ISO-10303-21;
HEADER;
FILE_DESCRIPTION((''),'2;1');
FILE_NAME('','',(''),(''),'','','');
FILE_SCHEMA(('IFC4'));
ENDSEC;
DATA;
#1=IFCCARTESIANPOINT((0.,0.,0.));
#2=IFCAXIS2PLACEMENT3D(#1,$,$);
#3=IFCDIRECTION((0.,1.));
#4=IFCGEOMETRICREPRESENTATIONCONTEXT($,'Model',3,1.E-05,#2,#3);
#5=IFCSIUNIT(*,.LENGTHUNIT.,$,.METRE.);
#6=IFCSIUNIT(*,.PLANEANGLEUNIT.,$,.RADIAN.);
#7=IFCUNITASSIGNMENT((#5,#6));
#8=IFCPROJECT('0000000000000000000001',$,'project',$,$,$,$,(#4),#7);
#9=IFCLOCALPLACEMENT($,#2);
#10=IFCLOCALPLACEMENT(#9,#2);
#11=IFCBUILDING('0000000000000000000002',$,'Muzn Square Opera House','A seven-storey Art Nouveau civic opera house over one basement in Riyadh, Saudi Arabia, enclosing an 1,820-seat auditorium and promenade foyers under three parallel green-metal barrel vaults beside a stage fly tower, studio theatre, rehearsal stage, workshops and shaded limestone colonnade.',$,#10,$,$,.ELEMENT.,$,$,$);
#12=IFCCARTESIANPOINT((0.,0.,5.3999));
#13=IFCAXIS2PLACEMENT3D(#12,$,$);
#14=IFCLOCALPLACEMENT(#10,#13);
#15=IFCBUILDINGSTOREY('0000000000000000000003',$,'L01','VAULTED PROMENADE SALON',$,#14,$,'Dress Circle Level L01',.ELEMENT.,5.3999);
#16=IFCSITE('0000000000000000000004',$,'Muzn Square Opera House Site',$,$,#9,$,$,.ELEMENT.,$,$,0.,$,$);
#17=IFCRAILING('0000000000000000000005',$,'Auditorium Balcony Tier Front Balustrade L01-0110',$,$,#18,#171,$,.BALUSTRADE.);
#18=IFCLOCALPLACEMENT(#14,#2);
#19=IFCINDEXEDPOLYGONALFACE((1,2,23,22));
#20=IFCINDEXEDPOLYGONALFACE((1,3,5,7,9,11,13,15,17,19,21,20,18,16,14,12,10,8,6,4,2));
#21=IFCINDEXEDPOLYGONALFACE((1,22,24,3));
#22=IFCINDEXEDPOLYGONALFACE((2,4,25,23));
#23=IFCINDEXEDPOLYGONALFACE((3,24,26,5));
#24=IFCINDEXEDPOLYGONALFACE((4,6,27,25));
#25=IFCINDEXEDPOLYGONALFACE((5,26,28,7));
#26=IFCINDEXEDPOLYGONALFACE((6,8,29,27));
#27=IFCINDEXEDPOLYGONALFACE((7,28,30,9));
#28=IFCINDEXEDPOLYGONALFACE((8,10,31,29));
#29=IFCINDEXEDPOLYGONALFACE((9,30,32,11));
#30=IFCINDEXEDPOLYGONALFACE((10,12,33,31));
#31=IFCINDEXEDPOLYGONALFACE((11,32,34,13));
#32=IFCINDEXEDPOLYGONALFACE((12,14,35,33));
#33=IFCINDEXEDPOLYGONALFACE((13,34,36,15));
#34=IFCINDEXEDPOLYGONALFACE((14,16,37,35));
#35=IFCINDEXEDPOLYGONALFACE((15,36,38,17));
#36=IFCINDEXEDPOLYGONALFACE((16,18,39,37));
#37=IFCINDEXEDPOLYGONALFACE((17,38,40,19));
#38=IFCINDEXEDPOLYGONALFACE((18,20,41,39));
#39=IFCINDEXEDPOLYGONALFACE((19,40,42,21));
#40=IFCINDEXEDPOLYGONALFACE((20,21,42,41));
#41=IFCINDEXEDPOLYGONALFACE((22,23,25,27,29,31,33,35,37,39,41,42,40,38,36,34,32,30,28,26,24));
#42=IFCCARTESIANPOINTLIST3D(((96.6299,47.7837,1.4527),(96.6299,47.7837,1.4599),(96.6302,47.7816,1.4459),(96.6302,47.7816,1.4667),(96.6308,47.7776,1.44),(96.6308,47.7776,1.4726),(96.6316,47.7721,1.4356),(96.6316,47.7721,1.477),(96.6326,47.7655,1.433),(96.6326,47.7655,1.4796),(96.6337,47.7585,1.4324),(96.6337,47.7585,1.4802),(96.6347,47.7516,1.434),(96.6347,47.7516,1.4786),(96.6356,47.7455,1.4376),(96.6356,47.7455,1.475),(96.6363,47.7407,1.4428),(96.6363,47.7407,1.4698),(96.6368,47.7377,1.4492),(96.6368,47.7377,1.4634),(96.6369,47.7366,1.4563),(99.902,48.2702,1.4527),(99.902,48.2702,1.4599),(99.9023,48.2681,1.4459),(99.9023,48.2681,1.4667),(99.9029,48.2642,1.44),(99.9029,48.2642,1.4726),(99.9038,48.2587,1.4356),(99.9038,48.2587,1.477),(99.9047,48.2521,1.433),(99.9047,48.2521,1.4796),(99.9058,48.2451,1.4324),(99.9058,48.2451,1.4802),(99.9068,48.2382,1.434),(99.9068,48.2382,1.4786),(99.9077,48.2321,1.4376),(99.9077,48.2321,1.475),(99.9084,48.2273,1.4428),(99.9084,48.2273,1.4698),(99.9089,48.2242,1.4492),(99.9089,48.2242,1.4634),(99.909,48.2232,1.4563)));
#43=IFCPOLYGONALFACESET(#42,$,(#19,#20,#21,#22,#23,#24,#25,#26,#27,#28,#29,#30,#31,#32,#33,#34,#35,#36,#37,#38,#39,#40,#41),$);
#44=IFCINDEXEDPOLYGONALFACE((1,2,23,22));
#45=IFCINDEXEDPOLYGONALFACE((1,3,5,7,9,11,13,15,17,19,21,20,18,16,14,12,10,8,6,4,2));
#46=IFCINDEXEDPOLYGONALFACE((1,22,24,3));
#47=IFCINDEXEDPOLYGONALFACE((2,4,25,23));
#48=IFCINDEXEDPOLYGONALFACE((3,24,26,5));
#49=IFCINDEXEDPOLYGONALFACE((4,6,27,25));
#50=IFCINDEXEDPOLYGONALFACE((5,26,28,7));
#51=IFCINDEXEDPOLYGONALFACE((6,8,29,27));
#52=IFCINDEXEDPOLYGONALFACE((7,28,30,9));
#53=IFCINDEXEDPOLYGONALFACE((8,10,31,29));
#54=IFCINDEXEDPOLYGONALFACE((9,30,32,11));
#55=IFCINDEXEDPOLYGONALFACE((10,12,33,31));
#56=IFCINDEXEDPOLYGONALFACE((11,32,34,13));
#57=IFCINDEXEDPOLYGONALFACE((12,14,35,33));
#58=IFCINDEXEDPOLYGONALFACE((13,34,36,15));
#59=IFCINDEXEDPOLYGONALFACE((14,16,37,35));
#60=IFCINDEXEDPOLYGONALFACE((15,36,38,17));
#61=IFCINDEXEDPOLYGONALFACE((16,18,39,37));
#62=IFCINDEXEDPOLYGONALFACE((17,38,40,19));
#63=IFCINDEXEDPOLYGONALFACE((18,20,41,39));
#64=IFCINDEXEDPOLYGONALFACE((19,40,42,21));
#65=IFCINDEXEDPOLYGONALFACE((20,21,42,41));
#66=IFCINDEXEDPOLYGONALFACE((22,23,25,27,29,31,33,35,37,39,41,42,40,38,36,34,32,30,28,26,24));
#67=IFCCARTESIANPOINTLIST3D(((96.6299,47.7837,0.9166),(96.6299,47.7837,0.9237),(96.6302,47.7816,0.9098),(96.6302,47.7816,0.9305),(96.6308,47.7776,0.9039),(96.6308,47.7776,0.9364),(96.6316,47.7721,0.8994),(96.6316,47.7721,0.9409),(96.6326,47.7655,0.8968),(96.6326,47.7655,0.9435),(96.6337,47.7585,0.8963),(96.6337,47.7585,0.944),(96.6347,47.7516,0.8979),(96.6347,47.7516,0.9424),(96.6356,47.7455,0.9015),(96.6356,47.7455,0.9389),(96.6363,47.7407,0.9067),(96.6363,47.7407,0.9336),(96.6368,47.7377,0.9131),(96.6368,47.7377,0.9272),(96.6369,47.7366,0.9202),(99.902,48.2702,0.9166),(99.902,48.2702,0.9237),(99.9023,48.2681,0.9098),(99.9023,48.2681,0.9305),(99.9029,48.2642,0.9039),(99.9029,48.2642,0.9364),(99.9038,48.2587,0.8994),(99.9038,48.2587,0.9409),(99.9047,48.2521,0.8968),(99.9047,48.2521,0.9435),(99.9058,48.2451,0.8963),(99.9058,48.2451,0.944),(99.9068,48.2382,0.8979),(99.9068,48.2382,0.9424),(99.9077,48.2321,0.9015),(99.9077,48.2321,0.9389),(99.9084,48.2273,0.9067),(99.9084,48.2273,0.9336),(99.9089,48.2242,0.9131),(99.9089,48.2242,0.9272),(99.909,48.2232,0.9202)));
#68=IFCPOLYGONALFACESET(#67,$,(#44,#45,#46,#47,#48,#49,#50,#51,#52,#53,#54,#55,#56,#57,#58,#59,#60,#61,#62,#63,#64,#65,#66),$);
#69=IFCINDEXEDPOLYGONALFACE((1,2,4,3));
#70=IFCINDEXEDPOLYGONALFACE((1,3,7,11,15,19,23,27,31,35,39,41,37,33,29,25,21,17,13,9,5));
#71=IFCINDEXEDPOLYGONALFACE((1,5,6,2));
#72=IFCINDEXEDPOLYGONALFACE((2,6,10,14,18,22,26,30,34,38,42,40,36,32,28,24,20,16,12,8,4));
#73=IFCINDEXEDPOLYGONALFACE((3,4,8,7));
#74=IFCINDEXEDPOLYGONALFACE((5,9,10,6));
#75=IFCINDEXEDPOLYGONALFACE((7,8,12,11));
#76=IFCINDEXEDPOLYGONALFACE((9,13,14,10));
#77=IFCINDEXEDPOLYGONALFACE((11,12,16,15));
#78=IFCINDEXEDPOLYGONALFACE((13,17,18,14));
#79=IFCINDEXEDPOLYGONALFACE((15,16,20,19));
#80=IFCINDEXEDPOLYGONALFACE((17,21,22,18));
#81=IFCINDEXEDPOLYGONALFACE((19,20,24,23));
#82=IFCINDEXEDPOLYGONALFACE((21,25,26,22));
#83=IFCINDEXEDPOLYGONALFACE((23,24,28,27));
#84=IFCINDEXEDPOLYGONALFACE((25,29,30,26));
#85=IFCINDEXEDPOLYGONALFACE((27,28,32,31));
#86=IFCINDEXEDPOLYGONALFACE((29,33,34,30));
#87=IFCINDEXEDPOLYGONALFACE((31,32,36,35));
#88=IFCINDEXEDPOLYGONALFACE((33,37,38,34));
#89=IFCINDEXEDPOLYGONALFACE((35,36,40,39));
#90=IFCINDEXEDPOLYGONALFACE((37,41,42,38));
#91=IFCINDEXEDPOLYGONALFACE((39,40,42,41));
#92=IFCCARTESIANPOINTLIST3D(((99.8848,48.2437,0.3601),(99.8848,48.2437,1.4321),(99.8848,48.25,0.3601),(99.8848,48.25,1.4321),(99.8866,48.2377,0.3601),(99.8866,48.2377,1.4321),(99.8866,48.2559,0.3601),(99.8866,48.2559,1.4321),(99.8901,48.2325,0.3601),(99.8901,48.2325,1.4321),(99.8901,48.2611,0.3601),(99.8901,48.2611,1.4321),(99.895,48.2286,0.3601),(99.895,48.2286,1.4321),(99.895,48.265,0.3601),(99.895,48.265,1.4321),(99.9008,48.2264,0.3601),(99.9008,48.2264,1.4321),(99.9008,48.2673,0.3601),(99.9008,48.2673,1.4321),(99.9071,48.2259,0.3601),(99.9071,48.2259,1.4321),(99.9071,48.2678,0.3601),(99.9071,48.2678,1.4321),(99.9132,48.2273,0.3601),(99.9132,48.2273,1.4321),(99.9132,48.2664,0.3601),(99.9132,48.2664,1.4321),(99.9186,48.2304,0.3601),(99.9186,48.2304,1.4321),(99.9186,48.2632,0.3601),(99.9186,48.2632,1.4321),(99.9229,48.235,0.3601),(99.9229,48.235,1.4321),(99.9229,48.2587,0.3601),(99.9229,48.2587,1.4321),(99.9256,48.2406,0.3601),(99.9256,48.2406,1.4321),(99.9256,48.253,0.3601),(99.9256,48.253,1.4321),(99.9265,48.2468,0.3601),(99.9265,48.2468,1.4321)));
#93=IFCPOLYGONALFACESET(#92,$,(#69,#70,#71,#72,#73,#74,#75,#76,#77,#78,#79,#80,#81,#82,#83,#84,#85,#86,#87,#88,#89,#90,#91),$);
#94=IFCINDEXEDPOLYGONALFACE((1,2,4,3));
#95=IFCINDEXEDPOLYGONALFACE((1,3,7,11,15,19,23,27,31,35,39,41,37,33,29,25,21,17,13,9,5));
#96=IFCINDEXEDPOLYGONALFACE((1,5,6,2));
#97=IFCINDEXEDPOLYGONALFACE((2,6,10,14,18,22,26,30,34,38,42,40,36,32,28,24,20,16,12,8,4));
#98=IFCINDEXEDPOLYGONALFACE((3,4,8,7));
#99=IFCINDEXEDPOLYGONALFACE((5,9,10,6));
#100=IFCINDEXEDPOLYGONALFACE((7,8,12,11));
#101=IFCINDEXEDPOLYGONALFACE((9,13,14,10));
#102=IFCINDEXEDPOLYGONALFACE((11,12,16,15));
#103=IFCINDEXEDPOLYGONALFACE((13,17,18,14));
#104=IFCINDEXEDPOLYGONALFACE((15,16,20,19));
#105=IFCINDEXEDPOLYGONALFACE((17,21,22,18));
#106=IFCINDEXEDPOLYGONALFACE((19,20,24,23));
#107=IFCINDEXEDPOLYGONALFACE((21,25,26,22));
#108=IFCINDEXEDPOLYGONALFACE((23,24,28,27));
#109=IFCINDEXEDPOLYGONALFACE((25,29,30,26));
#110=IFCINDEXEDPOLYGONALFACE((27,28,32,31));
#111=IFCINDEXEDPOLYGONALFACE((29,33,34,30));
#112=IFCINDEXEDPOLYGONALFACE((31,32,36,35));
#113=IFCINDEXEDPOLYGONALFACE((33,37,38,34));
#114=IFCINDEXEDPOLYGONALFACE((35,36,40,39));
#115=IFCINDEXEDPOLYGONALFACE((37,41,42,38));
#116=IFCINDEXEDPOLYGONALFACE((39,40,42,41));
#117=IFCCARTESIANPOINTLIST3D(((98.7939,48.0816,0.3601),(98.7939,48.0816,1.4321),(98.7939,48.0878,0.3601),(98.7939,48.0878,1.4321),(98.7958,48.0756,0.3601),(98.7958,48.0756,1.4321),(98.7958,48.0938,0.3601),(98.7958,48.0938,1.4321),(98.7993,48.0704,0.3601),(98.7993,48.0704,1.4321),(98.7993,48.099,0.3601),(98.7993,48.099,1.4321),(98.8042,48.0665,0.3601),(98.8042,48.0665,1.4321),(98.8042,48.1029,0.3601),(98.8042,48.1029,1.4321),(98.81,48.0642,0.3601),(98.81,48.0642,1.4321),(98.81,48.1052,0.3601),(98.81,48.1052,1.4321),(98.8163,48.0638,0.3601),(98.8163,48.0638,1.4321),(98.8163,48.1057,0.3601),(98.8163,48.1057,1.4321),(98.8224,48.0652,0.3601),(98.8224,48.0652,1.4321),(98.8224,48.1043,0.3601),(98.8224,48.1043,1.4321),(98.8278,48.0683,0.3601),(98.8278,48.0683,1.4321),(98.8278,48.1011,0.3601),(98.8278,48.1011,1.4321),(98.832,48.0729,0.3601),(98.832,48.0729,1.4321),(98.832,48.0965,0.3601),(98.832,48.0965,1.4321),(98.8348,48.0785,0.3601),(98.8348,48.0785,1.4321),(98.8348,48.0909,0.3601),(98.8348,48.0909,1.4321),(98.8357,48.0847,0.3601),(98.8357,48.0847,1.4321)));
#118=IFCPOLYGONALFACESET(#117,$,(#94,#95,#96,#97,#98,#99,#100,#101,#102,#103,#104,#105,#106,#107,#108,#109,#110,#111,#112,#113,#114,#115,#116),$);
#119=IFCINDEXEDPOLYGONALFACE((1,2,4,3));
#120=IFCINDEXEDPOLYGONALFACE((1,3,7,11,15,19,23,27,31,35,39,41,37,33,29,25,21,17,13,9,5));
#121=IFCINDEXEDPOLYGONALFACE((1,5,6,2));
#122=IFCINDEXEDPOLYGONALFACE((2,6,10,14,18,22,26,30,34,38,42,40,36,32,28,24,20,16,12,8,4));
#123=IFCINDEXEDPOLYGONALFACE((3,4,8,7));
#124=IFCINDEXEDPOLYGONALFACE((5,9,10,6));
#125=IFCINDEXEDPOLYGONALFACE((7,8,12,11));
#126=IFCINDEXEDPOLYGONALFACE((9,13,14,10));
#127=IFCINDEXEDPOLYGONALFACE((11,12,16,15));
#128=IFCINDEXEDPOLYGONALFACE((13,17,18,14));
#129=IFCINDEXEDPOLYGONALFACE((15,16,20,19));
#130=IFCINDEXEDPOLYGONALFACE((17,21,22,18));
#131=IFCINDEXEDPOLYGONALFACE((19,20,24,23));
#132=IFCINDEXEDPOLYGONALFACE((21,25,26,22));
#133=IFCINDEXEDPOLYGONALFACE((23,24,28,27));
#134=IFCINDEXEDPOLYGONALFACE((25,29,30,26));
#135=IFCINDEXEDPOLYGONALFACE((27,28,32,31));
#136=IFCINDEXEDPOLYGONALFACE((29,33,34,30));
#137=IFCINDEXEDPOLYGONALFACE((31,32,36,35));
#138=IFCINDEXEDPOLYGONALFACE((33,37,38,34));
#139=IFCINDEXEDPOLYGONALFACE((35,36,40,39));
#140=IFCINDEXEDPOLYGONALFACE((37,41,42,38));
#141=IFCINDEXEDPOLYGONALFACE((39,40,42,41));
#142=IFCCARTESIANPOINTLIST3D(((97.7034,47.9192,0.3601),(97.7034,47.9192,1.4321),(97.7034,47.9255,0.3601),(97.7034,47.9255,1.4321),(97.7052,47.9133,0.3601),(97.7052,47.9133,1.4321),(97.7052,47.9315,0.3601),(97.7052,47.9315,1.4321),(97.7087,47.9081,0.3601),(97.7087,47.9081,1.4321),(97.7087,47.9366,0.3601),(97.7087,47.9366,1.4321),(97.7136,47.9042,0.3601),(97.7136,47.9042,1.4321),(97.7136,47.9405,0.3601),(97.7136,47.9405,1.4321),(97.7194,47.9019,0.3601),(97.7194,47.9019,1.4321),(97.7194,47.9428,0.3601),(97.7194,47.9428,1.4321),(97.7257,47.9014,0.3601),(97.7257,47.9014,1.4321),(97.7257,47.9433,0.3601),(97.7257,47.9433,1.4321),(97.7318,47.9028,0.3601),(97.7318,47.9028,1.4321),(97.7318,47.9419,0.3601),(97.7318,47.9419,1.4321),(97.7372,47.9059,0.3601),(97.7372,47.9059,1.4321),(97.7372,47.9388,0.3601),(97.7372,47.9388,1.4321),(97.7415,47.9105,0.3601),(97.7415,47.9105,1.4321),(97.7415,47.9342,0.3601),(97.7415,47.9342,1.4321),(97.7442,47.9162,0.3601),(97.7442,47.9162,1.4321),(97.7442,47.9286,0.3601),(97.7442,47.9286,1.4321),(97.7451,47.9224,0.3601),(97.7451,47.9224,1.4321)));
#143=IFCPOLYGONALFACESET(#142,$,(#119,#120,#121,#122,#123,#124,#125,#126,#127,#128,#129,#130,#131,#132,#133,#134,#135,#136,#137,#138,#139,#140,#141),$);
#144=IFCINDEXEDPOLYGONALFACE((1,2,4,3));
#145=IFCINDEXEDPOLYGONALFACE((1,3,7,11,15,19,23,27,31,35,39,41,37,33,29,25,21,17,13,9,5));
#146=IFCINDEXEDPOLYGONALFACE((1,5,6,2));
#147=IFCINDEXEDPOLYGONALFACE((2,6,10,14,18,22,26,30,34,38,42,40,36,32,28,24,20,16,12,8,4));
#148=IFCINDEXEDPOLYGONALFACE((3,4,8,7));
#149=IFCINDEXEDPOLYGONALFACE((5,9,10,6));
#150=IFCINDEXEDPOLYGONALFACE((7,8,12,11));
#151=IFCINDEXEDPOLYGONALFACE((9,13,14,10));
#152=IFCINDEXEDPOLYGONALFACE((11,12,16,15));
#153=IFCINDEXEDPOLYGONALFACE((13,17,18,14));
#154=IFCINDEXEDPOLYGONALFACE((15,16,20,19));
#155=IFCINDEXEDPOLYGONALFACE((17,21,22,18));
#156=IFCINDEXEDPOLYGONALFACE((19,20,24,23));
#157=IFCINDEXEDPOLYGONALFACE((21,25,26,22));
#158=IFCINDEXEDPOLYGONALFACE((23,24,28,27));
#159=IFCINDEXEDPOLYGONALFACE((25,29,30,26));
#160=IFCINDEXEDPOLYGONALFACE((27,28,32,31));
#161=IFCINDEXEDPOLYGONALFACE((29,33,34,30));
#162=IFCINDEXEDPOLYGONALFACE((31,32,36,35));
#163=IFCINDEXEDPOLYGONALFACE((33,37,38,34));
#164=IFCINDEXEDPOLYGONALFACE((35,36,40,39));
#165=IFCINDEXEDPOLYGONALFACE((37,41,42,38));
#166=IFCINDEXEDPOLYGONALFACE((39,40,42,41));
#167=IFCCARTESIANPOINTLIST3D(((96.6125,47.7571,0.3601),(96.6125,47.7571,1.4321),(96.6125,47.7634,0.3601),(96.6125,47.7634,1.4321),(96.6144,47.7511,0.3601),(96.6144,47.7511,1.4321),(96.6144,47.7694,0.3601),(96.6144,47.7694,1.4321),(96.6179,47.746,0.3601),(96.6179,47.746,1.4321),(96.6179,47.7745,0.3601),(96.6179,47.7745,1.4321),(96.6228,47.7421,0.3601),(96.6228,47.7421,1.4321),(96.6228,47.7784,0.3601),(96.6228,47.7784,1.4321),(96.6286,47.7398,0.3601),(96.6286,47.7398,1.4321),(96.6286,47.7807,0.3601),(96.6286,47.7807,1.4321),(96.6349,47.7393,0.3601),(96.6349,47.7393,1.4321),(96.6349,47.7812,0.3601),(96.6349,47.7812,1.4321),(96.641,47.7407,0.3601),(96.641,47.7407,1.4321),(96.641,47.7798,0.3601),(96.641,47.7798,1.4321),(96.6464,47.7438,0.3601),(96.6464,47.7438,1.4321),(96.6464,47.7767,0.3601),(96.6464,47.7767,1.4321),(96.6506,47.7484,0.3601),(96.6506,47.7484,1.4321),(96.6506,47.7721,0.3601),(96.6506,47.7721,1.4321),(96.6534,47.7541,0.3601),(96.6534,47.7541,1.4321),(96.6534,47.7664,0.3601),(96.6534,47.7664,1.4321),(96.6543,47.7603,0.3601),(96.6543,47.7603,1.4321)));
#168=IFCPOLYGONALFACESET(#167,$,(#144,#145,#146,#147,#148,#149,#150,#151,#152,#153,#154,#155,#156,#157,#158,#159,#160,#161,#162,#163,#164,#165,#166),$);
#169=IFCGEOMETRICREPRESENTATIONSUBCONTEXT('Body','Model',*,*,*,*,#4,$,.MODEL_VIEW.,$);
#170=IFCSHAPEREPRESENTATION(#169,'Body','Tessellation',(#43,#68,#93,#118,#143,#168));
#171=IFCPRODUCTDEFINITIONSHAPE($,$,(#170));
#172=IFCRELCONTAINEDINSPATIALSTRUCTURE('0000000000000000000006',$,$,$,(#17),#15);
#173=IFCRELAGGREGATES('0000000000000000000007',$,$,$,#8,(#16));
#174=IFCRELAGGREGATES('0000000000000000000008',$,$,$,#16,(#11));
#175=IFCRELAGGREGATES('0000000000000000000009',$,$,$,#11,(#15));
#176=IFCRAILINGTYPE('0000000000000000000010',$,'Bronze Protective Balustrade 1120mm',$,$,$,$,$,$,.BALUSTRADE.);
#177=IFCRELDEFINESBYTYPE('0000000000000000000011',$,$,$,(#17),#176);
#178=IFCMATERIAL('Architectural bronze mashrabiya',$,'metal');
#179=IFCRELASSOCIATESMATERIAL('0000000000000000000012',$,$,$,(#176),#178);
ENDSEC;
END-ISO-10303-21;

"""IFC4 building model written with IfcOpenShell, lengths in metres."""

from ifc_helpers import new_model, si_unit, direction, frame, origin, origin_2d, place, context, subcontext, project, spatial, circle, extrude, material, type_object, element, save


model = new_model("IFC4")

# Units and contexts
model_context = context("Model", 3, precision=1e-05, world=origin(), true_north=direction((0.0, 1.0)))
body_context = subcontext(model_context, "Body", "Model", "MODEL_VIEW")
ifc_project = project(units=[si_unit("LENGTHUNIT", "METRE"), si_unit("PLANEANGLEUNIT", "RADIAN")], contexts=[model_context])

# Site, building, storey
site_placement = place(None, origin())
site = spatial("IfcSite", under=ifc_project, at=site_placement, Name="Muzn Square Opera House Site", CompositionType="ELEMENT", RefElevation=0.0)
building_placement = place(site_placement, origin())
building = spatial("IfcBuilding", under=site, at=building_placement, Name="Muzn Square Opera House", Description="A seven-storey Art Nouveau civic opera house over one basement in Riyadh, Saudi Arabia, enclosing an 1,820-seat auditorium and promenade foyers under three parallel green-metal barrel vaults beside a stage fly tower, studio theatre, rehearsal stage, workshops and shaded limestone colonnade.", CompositionType="ELEMENT")
storey_placement = place(building_placement, frame((0.0, 0.0, 5.3999)))
storey = spatial("IfcBuildingStorey", under=building, at=storey_placement, Name="L01", Description="VAULTED PROMENADE SALON", LongName="Dress Circle Level L01", CompositionType="ELEMENT", Elevation=5.3999)

# Railing
ifc_material_1 = material(Name="Architectural bronze mashrabiya", Category="metal")
railing_type_1 = type_object("IfcRailingType", Name="Bronze Protective Balustrade 1120mm", PredefinedType="BALUSTRADE", material=ifc_material_1)
railing_1_placement = place(storey_placement, frame((99.9055, 48.2468, 0.3601)))
element("IfcRailing", 1, at=railing_1_placement, inside=storey, type_object=railing_type_1, Name="Auditorium Balcony Tier Front Balustrade L01-0110", PredefinedType="BALUSTRADE", context=body_context, shape_type="SweptSolid", body=[
    extrude(circle(Radius=0.0239, at=origin_2d()), frame((0.0, 0.0, 1.0962), z_axis=(-0.989124, -0.147081, 0.0), x_axis=(0.147081, -0.989124, 0.0)), (0.0, 0.0, 1.0), 3.3081),
    extrude(circle(Radius=0.0239, at=origin_2d()), frame((0.0, 0.0, 0.5601), z_axis=(-0.989124, -0.147081, 0.0), x_axis=(0.147081, -0.989124, 0.0)), (0.0, 0.0, 1.0), 3.3081),
    extrude(circle(Radius=0.021, at=origin_2d()), origin(), (0.0, 0.0, 1.0), 1.072),
    extrude(circle(Radius=0.021, at=origin_2d()), frame((-1.0908, -0.1621, 0.0)), (0.0, 0.0, 1.0), 1.072),
    extrude(circle(Radius=0.021, at=origin_2d()), frame((-2.1814, -0.3245, 0.0)), (0.0, 0.0, 1.0), 1.072),
    extrude(circle(Radius=0.021, at=origin_2d()), frame((-3.2722, -0.4866, 0.0)), (0.0, 0.0, 1.0), 1.072),
])

save(model, "model.ifc")
